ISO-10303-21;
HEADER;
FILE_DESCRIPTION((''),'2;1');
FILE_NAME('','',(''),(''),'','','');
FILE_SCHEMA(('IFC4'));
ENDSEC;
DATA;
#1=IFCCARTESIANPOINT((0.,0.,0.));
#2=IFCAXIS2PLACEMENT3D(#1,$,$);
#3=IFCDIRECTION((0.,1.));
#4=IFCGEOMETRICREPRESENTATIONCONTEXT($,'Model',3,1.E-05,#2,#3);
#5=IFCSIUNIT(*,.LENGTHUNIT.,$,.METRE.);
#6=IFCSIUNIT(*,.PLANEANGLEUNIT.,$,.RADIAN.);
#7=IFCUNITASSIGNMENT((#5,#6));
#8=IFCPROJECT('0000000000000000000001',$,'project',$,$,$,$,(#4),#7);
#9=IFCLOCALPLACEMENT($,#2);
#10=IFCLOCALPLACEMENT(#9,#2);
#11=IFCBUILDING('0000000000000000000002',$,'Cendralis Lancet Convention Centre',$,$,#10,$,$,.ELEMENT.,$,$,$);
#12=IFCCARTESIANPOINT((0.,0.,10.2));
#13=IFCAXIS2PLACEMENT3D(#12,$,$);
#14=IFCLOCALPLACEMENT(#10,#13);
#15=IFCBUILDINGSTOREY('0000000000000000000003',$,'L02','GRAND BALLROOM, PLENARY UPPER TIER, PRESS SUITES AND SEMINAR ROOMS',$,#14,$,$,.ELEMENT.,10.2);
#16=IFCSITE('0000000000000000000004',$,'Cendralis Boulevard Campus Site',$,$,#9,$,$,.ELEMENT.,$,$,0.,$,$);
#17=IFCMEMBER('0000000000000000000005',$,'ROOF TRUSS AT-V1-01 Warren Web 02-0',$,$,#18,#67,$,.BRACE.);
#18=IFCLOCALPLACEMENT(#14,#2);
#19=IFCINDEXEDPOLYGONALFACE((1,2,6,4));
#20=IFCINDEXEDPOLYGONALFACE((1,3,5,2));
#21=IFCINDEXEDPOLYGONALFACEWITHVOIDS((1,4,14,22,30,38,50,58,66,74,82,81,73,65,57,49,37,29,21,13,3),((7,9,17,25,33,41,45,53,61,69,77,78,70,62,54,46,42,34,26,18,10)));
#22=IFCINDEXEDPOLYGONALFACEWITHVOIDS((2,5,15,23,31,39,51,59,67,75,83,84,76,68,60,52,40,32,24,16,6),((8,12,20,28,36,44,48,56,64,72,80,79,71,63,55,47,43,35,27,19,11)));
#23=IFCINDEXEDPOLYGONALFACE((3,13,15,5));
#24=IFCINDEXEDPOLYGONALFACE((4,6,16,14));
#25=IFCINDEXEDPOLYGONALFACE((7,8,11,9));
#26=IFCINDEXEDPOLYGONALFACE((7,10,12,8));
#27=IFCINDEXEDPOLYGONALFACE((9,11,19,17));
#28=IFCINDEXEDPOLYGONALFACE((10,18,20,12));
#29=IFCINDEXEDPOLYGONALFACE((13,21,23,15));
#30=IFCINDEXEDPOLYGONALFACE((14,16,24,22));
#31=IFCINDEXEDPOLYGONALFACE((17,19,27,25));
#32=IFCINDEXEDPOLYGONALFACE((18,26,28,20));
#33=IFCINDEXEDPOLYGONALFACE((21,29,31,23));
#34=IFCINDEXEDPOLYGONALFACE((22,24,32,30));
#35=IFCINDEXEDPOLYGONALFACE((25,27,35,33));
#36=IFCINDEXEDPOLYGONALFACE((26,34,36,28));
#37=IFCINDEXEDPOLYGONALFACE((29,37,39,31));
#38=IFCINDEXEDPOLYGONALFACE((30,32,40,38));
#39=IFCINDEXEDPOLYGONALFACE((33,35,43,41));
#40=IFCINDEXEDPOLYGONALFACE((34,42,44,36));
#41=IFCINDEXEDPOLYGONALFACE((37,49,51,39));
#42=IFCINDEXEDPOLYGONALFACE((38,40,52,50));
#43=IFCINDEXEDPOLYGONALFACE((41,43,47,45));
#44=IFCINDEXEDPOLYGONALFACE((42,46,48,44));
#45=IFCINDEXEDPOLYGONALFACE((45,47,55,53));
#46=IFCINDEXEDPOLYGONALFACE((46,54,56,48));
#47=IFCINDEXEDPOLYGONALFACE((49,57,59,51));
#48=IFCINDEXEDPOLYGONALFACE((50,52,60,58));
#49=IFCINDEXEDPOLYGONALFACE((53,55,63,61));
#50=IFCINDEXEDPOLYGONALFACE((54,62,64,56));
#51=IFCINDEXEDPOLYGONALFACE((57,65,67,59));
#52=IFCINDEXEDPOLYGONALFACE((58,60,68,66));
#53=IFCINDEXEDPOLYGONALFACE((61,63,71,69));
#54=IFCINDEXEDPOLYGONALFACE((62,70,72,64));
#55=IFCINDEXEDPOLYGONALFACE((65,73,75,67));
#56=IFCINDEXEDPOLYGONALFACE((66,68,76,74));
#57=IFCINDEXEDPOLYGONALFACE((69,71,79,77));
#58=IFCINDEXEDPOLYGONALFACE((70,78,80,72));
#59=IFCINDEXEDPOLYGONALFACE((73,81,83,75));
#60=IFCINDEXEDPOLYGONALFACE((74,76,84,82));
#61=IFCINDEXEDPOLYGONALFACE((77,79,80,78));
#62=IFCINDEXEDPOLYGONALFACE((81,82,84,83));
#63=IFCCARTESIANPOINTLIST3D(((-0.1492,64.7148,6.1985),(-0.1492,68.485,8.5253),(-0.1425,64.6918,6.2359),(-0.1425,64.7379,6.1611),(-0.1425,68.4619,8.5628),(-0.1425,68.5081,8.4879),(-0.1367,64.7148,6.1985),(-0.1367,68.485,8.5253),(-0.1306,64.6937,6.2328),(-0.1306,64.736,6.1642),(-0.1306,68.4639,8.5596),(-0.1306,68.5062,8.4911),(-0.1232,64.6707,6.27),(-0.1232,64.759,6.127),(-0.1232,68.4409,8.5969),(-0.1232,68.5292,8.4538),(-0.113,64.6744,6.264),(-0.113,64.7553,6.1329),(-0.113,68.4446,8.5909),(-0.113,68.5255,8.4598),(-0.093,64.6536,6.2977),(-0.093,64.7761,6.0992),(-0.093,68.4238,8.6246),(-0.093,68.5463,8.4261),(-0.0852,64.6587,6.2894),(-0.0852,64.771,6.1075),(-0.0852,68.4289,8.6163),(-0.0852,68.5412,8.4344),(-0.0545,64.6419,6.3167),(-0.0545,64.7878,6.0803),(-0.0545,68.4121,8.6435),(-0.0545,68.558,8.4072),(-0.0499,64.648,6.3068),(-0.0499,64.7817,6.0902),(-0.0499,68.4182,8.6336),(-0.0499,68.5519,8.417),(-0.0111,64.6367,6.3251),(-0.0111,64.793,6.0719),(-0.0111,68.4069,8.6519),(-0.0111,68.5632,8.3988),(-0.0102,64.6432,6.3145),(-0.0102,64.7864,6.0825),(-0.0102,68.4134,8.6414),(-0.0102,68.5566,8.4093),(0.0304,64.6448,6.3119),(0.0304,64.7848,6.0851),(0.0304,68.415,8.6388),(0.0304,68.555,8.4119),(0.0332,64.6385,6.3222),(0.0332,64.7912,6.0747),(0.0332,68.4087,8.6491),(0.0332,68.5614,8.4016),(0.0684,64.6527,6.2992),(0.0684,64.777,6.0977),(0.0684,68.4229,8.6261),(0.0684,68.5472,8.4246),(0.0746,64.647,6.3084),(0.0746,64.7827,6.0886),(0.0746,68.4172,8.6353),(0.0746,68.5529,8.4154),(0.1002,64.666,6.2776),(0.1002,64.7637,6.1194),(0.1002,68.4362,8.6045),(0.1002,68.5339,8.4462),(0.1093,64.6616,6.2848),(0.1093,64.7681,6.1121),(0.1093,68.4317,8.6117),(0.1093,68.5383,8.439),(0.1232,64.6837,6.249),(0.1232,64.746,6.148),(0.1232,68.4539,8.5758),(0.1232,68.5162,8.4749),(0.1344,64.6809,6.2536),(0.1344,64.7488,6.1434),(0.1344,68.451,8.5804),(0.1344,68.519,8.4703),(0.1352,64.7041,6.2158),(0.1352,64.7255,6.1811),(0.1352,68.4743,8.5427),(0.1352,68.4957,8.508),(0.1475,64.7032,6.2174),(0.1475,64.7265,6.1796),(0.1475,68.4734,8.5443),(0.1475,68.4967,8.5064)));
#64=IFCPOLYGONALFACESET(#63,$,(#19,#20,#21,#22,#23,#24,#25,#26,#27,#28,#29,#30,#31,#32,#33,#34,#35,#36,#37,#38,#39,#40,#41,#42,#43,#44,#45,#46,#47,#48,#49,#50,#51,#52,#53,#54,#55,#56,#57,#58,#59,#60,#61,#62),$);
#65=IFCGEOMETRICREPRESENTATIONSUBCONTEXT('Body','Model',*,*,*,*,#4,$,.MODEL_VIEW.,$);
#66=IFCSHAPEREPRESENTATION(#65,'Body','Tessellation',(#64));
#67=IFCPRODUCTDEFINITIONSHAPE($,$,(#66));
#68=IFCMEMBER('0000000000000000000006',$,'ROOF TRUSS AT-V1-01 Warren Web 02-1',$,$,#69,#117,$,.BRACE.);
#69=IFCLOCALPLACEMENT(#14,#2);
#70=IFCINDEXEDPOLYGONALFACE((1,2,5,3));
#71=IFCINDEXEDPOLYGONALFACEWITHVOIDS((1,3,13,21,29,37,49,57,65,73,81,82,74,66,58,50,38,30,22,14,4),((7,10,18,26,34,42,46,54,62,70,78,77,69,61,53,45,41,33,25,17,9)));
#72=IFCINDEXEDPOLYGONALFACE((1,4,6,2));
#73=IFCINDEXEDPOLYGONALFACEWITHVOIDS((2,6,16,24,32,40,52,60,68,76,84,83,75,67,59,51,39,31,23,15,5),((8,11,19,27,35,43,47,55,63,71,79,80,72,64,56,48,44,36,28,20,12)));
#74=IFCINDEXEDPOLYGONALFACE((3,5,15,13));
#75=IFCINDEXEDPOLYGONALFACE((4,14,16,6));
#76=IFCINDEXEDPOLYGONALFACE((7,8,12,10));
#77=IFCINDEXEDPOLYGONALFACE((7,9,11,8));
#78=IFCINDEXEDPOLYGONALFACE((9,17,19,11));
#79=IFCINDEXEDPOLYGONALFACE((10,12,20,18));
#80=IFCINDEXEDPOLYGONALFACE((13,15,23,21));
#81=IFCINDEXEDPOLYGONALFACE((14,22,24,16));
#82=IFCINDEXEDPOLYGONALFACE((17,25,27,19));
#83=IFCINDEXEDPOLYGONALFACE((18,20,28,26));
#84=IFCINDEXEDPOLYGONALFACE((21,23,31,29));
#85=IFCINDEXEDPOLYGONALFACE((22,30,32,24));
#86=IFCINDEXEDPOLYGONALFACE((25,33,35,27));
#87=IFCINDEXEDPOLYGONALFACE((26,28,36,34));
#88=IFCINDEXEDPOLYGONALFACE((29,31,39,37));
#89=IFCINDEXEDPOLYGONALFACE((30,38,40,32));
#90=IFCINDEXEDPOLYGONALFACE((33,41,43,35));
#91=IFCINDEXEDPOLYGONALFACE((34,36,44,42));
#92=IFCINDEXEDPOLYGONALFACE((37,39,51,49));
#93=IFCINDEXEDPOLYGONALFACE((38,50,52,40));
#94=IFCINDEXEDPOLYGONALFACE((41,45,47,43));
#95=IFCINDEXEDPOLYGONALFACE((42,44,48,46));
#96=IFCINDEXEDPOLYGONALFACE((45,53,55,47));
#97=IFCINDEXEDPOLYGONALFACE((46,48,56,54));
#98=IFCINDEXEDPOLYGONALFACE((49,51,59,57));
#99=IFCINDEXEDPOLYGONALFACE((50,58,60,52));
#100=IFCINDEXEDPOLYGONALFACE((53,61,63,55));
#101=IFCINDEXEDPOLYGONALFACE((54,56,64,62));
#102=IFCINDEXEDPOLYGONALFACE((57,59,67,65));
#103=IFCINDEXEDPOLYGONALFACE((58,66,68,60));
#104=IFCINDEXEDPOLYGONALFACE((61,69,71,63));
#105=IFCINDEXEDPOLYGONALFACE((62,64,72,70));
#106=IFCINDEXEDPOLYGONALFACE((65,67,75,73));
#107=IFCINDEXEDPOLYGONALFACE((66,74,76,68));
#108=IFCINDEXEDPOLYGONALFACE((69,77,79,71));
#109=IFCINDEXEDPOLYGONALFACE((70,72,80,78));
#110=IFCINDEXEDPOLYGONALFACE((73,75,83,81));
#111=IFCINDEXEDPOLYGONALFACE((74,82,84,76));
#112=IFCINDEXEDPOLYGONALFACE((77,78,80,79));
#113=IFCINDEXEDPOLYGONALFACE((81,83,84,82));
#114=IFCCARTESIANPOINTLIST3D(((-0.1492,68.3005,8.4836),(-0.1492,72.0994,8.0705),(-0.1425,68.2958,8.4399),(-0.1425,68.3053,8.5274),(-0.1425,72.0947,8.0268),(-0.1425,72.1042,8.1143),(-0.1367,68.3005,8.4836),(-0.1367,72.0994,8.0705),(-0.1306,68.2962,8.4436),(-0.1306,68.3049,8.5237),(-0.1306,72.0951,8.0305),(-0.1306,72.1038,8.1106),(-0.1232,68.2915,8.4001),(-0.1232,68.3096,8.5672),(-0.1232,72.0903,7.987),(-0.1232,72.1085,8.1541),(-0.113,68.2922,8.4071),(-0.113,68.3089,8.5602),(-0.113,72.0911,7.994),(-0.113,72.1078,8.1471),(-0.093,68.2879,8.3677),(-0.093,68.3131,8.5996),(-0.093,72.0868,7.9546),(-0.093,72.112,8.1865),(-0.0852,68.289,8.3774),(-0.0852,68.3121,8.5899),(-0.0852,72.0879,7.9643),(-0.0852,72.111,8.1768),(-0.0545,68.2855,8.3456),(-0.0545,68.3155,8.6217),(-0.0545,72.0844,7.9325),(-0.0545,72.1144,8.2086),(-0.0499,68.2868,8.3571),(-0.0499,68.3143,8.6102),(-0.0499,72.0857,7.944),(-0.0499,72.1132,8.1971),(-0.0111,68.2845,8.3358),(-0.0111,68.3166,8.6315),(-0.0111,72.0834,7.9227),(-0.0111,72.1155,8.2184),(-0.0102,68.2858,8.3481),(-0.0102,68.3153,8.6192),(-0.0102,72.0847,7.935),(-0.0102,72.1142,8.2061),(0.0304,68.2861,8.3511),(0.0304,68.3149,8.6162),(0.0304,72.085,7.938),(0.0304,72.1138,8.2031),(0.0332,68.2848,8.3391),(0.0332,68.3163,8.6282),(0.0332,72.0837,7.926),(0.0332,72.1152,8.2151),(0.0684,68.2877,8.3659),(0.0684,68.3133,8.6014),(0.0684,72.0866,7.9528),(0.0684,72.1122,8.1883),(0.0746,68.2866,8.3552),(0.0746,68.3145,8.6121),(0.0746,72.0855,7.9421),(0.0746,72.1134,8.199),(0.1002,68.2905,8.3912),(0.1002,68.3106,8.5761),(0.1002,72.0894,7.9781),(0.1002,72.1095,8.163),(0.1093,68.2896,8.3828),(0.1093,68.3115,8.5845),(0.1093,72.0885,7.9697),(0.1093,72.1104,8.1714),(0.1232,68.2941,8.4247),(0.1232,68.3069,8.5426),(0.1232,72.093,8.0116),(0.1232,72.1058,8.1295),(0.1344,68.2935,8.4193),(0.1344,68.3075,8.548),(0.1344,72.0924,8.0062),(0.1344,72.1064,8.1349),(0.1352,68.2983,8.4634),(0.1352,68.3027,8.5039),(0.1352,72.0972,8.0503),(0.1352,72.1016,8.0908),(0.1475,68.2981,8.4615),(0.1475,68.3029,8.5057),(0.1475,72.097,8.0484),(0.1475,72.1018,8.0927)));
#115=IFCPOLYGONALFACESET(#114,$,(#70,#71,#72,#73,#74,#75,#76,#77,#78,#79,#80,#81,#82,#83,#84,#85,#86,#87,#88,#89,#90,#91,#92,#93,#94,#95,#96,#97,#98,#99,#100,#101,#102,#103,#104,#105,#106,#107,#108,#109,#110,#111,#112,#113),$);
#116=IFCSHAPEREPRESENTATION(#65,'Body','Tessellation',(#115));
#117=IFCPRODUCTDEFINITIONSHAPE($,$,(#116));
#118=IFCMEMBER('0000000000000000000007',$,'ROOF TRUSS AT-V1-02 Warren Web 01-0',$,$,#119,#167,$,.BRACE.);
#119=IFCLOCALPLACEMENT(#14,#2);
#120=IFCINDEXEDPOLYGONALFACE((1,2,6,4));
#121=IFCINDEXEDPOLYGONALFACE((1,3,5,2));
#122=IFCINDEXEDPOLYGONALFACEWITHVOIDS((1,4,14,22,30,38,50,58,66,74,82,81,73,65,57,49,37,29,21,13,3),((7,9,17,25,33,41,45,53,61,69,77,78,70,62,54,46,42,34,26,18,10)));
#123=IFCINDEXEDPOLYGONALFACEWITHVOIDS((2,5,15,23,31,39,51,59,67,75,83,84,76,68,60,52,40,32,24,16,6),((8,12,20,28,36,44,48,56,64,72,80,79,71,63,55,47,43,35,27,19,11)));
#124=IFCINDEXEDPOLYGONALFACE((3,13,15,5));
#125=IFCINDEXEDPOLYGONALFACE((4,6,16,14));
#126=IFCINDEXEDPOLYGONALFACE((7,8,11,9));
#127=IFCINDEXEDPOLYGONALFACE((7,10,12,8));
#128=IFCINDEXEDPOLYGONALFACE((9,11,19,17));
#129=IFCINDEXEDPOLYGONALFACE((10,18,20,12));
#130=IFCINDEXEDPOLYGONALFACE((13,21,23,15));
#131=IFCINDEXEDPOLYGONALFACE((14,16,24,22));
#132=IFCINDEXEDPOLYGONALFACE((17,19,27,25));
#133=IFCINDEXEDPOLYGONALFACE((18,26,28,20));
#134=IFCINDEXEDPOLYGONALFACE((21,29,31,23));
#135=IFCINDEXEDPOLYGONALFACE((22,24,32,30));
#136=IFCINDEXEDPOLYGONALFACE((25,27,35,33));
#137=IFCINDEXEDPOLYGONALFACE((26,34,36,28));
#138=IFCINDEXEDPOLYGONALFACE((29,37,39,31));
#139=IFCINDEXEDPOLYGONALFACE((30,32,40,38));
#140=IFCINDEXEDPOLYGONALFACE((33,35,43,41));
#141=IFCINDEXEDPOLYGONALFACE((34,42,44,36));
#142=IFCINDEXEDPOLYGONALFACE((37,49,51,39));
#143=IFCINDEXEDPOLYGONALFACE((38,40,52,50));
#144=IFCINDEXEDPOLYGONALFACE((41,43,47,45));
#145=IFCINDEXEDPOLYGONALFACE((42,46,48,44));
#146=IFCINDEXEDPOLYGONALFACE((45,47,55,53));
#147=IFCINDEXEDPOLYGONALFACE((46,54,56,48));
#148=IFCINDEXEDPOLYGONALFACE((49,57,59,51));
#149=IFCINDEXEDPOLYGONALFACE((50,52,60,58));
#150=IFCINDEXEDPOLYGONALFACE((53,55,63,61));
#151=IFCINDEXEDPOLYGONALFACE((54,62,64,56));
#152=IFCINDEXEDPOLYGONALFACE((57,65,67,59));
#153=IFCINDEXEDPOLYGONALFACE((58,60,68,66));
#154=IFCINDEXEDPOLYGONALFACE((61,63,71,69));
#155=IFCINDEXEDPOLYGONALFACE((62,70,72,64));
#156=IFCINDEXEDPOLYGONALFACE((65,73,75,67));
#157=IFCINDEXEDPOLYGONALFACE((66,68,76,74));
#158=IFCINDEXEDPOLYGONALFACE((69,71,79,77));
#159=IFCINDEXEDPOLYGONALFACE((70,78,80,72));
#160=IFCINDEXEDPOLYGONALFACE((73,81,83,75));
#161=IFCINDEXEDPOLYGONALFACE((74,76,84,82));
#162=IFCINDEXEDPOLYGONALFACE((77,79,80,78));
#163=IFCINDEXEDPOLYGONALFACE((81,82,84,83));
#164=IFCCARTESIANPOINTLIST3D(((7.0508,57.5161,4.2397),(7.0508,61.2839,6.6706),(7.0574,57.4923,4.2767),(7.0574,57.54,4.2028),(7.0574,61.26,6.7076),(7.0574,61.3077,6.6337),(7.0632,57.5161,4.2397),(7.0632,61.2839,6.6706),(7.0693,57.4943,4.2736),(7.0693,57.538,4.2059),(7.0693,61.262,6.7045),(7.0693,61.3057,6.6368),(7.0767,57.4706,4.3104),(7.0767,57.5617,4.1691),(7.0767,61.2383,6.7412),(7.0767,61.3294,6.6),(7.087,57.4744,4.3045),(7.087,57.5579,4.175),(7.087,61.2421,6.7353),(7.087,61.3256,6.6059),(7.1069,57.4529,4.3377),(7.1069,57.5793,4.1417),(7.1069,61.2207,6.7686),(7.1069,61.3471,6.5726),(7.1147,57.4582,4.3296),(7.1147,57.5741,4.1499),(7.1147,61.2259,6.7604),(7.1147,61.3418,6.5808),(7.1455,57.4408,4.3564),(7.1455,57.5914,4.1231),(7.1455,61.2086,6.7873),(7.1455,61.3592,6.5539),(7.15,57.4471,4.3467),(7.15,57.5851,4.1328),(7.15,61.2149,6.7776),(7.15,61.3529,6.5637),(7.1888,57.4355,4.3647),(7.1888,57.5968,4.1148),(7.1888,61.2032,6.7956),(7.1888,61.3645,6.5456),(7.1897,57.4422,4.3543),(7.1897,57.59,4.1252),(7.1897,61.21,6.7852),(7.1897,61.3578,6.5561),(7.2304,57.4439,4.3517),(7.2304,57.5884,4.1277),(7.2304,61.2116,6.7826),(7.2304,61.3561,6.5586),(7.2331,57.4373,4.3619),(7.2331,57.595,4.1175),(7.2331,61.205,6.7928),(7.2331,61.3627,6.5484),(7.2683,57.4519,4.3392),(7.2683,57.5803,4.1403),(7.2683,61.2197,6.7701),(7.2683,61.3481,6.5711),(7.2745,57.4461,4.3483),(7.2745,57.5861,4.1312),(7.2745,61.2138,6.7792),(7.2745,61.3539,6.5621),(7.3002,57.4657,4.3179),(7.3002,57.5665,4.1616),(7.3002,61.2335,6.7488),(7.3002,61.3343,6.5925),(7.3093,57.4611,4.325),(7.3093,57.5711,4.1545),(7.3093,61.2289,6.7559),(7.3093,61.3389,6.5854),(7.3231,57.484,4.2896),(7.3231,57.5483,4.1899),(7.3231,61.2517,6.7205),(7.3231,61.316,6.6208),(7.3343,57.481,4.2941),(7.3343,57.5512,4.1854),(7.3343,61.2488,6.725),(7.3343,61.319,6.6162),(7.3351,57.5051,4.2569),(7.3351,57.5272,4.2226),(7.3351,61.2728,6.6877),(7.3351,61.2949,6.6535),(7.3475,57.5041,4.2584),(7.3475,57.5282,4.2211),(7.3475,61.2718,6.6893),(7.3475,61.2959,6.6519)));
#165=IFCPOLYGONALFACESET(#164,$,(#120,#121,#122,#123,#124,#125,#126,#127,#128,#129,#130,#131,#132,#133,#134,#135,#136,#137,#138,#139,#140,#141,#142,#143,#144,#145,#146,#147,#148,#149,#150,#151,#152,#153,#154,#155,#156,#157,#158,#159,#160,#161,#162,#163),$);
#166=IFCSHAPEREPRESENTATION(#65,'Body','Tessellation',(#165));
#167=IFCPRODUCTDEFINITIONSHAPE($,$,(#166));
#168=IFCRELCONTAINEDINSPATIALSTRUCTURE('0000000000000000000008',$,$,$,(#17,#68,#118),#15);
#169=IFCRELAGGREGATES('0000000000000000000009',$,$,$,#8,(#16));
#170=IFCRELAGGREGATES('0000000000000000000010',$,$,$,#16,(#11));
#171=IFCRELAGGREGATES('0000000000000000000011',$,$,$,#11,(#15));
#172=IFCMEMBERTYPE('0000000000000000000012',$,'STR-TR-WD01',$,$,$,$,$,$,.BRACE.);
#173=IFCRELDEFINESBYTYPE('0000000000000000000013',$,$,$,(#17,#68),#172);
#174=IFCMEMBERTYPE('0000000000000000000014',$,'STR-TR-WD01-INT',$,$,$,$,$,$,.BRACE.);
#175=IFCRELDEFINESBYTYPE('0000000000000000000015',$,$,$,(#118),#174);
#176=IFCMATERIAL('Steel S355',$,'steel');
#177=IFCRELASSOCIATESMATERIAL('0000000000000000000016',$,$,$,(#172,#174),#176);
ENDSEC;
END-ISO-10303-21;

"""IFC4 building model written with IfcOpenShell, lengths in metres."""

from ifc_helpers import new_model, si_unit, direction, frame, origin, origin_2d, place, context, subcontext, project, spatial, hollow_circle, extrude, material, material_profile, profile_set, type_object, element, save


model = new_model("IFC4")

# Units and contexts
model_context = context("Model", 3, precision=1e-05, world=origin(), true_north=direction((0.0, 1.0)))
body_context = subcontext(model_context, "Body", "Model", "MODEL_VIEW")
ifc_project = project(units=[si_unit("LENGTHUNIT", "METRE"), si_unit("PLANEANGLEUNIT", "RADIAN")], contexts=[model_context])

# Site, building, storey
site_placement = place(None, origin())
site = spatial("IfcSite", under=ifc_project, at=site_placement, Name="Cendralis Boulevard Campus Site", CompositionType="ELEMENT", RefElevation=0.0)
building_placement = place(site_placement, origin())
building = spatial("IfcBuilding", under=site, at=building_placement, Name="Cendralis Lancet Convention Centre", CompositionType="ELEMENT")
storey_placement = place(building_placement, frame((0.0, 0.0, 10.2)))
storey = spatial("IfcBuildingStorey", under=building, at=storey_placement, Name="L02", Description="GRAND BALLROOM, PLENARY UPPER TIER, PRESS SUITES AND SEMINAR ROOMS", CompositionType="ELEMENT", Elevation=10.2)

# Members
ifc_material = material(Name="Steel S355", Category="steel")
ifc_material_profile_1 = material_profile(ifc_material, hollow_circle(Radius=0.1492, WallThickness=0.0125, at=origin_2d()), Name="CHS 298.5x12.5")
ifc_profile_set_1 = profile_set([ifc_material_profile_1], Name="Steel S355")
member_type_1 = type_object("IfcMemberType", Name="STR-TR-WD01", PredefinedType="BRACE", material=ifc_profile_set_1)
member_1_placement = place(storey_placement, frame((0.0, 64.7148, 6.1985), z_axis=(0.0, 0.850978, 0.525201), x_axis=(-1.0, 0.0, 0.0)))
element("IfcMember", 1, at=member_1_placement, inside=storey, type_object=member_type_1, Name="ROOF TRUSS AT-V1-01 Warren Web 02-0", PredefinedType="BRACE", context=body_context, shape_type="SweptSolid", body=[
    extrude(hollow_circle(Radius=0.1492, WallThickness=0.0125, at=origin_2d()), origin(), (0.0, 0.0, 1.0), 4.4304),
])
member_2_placement = place(storey_placement, frame((0.0, 68.3005, 8.4836), z_axis=(0.0, 0.99414, -0.108103), x_axis=(-1.0, 0.0, 0.0)))
element("IfcMember", 2, at=member_2_placement, inside=storey, type_object=member_type_1, Name="ROOF TRUSS AT-V1-01 Warren Web 02-1", PredefinedType="BRACE", context=body_context, shape_type="SweptSolid", body=[
    extrude(hollow_circle(Radius=0.1492, WallThickness=0.0125, at=origin_2d()), origin(), (0.0, 0.0, 1.0), 3.8213),
])
ifc_material_profile_2 = material_profile(ifc_material, hollow_circle(Radius=0.1492, WallThickness=0.0125, at=origin_2d()), Name="CHS 298.5x12.5")
ifc_profile_set_2 = profile_set([ifc_material_profile_2], Name="Steel S355")
member_type_2 = type_object("IfcMemberType", Name="STR-TR-WD01-INT", PredefinedType="BRACE", material=ifc_profile_set_2)
member_3_placement = place(storey_placement, frame((7.2, 57.5161, 4.2397), z_axis=(0.0, 0.840291, 0.542136), x_axis=(-1.0, 0.0, 0.0)))
element("IfcMember", 3, at=member_3_placement, inside=storey, type_object=member_type_2, Name="ROOF TRUSS AT-V1-02 Warren Web 01-0", PredefinedType="BRACE", context=body_context, shape_type="SweptSolid", body=[
    extrude(hollow_circle(Radius=0.1492, WallThickness=0.0125, at=origin_2d()), origin(), (0.0, 0.0, 1.0), 4.4839),
])

save(model, "model.ifc")
